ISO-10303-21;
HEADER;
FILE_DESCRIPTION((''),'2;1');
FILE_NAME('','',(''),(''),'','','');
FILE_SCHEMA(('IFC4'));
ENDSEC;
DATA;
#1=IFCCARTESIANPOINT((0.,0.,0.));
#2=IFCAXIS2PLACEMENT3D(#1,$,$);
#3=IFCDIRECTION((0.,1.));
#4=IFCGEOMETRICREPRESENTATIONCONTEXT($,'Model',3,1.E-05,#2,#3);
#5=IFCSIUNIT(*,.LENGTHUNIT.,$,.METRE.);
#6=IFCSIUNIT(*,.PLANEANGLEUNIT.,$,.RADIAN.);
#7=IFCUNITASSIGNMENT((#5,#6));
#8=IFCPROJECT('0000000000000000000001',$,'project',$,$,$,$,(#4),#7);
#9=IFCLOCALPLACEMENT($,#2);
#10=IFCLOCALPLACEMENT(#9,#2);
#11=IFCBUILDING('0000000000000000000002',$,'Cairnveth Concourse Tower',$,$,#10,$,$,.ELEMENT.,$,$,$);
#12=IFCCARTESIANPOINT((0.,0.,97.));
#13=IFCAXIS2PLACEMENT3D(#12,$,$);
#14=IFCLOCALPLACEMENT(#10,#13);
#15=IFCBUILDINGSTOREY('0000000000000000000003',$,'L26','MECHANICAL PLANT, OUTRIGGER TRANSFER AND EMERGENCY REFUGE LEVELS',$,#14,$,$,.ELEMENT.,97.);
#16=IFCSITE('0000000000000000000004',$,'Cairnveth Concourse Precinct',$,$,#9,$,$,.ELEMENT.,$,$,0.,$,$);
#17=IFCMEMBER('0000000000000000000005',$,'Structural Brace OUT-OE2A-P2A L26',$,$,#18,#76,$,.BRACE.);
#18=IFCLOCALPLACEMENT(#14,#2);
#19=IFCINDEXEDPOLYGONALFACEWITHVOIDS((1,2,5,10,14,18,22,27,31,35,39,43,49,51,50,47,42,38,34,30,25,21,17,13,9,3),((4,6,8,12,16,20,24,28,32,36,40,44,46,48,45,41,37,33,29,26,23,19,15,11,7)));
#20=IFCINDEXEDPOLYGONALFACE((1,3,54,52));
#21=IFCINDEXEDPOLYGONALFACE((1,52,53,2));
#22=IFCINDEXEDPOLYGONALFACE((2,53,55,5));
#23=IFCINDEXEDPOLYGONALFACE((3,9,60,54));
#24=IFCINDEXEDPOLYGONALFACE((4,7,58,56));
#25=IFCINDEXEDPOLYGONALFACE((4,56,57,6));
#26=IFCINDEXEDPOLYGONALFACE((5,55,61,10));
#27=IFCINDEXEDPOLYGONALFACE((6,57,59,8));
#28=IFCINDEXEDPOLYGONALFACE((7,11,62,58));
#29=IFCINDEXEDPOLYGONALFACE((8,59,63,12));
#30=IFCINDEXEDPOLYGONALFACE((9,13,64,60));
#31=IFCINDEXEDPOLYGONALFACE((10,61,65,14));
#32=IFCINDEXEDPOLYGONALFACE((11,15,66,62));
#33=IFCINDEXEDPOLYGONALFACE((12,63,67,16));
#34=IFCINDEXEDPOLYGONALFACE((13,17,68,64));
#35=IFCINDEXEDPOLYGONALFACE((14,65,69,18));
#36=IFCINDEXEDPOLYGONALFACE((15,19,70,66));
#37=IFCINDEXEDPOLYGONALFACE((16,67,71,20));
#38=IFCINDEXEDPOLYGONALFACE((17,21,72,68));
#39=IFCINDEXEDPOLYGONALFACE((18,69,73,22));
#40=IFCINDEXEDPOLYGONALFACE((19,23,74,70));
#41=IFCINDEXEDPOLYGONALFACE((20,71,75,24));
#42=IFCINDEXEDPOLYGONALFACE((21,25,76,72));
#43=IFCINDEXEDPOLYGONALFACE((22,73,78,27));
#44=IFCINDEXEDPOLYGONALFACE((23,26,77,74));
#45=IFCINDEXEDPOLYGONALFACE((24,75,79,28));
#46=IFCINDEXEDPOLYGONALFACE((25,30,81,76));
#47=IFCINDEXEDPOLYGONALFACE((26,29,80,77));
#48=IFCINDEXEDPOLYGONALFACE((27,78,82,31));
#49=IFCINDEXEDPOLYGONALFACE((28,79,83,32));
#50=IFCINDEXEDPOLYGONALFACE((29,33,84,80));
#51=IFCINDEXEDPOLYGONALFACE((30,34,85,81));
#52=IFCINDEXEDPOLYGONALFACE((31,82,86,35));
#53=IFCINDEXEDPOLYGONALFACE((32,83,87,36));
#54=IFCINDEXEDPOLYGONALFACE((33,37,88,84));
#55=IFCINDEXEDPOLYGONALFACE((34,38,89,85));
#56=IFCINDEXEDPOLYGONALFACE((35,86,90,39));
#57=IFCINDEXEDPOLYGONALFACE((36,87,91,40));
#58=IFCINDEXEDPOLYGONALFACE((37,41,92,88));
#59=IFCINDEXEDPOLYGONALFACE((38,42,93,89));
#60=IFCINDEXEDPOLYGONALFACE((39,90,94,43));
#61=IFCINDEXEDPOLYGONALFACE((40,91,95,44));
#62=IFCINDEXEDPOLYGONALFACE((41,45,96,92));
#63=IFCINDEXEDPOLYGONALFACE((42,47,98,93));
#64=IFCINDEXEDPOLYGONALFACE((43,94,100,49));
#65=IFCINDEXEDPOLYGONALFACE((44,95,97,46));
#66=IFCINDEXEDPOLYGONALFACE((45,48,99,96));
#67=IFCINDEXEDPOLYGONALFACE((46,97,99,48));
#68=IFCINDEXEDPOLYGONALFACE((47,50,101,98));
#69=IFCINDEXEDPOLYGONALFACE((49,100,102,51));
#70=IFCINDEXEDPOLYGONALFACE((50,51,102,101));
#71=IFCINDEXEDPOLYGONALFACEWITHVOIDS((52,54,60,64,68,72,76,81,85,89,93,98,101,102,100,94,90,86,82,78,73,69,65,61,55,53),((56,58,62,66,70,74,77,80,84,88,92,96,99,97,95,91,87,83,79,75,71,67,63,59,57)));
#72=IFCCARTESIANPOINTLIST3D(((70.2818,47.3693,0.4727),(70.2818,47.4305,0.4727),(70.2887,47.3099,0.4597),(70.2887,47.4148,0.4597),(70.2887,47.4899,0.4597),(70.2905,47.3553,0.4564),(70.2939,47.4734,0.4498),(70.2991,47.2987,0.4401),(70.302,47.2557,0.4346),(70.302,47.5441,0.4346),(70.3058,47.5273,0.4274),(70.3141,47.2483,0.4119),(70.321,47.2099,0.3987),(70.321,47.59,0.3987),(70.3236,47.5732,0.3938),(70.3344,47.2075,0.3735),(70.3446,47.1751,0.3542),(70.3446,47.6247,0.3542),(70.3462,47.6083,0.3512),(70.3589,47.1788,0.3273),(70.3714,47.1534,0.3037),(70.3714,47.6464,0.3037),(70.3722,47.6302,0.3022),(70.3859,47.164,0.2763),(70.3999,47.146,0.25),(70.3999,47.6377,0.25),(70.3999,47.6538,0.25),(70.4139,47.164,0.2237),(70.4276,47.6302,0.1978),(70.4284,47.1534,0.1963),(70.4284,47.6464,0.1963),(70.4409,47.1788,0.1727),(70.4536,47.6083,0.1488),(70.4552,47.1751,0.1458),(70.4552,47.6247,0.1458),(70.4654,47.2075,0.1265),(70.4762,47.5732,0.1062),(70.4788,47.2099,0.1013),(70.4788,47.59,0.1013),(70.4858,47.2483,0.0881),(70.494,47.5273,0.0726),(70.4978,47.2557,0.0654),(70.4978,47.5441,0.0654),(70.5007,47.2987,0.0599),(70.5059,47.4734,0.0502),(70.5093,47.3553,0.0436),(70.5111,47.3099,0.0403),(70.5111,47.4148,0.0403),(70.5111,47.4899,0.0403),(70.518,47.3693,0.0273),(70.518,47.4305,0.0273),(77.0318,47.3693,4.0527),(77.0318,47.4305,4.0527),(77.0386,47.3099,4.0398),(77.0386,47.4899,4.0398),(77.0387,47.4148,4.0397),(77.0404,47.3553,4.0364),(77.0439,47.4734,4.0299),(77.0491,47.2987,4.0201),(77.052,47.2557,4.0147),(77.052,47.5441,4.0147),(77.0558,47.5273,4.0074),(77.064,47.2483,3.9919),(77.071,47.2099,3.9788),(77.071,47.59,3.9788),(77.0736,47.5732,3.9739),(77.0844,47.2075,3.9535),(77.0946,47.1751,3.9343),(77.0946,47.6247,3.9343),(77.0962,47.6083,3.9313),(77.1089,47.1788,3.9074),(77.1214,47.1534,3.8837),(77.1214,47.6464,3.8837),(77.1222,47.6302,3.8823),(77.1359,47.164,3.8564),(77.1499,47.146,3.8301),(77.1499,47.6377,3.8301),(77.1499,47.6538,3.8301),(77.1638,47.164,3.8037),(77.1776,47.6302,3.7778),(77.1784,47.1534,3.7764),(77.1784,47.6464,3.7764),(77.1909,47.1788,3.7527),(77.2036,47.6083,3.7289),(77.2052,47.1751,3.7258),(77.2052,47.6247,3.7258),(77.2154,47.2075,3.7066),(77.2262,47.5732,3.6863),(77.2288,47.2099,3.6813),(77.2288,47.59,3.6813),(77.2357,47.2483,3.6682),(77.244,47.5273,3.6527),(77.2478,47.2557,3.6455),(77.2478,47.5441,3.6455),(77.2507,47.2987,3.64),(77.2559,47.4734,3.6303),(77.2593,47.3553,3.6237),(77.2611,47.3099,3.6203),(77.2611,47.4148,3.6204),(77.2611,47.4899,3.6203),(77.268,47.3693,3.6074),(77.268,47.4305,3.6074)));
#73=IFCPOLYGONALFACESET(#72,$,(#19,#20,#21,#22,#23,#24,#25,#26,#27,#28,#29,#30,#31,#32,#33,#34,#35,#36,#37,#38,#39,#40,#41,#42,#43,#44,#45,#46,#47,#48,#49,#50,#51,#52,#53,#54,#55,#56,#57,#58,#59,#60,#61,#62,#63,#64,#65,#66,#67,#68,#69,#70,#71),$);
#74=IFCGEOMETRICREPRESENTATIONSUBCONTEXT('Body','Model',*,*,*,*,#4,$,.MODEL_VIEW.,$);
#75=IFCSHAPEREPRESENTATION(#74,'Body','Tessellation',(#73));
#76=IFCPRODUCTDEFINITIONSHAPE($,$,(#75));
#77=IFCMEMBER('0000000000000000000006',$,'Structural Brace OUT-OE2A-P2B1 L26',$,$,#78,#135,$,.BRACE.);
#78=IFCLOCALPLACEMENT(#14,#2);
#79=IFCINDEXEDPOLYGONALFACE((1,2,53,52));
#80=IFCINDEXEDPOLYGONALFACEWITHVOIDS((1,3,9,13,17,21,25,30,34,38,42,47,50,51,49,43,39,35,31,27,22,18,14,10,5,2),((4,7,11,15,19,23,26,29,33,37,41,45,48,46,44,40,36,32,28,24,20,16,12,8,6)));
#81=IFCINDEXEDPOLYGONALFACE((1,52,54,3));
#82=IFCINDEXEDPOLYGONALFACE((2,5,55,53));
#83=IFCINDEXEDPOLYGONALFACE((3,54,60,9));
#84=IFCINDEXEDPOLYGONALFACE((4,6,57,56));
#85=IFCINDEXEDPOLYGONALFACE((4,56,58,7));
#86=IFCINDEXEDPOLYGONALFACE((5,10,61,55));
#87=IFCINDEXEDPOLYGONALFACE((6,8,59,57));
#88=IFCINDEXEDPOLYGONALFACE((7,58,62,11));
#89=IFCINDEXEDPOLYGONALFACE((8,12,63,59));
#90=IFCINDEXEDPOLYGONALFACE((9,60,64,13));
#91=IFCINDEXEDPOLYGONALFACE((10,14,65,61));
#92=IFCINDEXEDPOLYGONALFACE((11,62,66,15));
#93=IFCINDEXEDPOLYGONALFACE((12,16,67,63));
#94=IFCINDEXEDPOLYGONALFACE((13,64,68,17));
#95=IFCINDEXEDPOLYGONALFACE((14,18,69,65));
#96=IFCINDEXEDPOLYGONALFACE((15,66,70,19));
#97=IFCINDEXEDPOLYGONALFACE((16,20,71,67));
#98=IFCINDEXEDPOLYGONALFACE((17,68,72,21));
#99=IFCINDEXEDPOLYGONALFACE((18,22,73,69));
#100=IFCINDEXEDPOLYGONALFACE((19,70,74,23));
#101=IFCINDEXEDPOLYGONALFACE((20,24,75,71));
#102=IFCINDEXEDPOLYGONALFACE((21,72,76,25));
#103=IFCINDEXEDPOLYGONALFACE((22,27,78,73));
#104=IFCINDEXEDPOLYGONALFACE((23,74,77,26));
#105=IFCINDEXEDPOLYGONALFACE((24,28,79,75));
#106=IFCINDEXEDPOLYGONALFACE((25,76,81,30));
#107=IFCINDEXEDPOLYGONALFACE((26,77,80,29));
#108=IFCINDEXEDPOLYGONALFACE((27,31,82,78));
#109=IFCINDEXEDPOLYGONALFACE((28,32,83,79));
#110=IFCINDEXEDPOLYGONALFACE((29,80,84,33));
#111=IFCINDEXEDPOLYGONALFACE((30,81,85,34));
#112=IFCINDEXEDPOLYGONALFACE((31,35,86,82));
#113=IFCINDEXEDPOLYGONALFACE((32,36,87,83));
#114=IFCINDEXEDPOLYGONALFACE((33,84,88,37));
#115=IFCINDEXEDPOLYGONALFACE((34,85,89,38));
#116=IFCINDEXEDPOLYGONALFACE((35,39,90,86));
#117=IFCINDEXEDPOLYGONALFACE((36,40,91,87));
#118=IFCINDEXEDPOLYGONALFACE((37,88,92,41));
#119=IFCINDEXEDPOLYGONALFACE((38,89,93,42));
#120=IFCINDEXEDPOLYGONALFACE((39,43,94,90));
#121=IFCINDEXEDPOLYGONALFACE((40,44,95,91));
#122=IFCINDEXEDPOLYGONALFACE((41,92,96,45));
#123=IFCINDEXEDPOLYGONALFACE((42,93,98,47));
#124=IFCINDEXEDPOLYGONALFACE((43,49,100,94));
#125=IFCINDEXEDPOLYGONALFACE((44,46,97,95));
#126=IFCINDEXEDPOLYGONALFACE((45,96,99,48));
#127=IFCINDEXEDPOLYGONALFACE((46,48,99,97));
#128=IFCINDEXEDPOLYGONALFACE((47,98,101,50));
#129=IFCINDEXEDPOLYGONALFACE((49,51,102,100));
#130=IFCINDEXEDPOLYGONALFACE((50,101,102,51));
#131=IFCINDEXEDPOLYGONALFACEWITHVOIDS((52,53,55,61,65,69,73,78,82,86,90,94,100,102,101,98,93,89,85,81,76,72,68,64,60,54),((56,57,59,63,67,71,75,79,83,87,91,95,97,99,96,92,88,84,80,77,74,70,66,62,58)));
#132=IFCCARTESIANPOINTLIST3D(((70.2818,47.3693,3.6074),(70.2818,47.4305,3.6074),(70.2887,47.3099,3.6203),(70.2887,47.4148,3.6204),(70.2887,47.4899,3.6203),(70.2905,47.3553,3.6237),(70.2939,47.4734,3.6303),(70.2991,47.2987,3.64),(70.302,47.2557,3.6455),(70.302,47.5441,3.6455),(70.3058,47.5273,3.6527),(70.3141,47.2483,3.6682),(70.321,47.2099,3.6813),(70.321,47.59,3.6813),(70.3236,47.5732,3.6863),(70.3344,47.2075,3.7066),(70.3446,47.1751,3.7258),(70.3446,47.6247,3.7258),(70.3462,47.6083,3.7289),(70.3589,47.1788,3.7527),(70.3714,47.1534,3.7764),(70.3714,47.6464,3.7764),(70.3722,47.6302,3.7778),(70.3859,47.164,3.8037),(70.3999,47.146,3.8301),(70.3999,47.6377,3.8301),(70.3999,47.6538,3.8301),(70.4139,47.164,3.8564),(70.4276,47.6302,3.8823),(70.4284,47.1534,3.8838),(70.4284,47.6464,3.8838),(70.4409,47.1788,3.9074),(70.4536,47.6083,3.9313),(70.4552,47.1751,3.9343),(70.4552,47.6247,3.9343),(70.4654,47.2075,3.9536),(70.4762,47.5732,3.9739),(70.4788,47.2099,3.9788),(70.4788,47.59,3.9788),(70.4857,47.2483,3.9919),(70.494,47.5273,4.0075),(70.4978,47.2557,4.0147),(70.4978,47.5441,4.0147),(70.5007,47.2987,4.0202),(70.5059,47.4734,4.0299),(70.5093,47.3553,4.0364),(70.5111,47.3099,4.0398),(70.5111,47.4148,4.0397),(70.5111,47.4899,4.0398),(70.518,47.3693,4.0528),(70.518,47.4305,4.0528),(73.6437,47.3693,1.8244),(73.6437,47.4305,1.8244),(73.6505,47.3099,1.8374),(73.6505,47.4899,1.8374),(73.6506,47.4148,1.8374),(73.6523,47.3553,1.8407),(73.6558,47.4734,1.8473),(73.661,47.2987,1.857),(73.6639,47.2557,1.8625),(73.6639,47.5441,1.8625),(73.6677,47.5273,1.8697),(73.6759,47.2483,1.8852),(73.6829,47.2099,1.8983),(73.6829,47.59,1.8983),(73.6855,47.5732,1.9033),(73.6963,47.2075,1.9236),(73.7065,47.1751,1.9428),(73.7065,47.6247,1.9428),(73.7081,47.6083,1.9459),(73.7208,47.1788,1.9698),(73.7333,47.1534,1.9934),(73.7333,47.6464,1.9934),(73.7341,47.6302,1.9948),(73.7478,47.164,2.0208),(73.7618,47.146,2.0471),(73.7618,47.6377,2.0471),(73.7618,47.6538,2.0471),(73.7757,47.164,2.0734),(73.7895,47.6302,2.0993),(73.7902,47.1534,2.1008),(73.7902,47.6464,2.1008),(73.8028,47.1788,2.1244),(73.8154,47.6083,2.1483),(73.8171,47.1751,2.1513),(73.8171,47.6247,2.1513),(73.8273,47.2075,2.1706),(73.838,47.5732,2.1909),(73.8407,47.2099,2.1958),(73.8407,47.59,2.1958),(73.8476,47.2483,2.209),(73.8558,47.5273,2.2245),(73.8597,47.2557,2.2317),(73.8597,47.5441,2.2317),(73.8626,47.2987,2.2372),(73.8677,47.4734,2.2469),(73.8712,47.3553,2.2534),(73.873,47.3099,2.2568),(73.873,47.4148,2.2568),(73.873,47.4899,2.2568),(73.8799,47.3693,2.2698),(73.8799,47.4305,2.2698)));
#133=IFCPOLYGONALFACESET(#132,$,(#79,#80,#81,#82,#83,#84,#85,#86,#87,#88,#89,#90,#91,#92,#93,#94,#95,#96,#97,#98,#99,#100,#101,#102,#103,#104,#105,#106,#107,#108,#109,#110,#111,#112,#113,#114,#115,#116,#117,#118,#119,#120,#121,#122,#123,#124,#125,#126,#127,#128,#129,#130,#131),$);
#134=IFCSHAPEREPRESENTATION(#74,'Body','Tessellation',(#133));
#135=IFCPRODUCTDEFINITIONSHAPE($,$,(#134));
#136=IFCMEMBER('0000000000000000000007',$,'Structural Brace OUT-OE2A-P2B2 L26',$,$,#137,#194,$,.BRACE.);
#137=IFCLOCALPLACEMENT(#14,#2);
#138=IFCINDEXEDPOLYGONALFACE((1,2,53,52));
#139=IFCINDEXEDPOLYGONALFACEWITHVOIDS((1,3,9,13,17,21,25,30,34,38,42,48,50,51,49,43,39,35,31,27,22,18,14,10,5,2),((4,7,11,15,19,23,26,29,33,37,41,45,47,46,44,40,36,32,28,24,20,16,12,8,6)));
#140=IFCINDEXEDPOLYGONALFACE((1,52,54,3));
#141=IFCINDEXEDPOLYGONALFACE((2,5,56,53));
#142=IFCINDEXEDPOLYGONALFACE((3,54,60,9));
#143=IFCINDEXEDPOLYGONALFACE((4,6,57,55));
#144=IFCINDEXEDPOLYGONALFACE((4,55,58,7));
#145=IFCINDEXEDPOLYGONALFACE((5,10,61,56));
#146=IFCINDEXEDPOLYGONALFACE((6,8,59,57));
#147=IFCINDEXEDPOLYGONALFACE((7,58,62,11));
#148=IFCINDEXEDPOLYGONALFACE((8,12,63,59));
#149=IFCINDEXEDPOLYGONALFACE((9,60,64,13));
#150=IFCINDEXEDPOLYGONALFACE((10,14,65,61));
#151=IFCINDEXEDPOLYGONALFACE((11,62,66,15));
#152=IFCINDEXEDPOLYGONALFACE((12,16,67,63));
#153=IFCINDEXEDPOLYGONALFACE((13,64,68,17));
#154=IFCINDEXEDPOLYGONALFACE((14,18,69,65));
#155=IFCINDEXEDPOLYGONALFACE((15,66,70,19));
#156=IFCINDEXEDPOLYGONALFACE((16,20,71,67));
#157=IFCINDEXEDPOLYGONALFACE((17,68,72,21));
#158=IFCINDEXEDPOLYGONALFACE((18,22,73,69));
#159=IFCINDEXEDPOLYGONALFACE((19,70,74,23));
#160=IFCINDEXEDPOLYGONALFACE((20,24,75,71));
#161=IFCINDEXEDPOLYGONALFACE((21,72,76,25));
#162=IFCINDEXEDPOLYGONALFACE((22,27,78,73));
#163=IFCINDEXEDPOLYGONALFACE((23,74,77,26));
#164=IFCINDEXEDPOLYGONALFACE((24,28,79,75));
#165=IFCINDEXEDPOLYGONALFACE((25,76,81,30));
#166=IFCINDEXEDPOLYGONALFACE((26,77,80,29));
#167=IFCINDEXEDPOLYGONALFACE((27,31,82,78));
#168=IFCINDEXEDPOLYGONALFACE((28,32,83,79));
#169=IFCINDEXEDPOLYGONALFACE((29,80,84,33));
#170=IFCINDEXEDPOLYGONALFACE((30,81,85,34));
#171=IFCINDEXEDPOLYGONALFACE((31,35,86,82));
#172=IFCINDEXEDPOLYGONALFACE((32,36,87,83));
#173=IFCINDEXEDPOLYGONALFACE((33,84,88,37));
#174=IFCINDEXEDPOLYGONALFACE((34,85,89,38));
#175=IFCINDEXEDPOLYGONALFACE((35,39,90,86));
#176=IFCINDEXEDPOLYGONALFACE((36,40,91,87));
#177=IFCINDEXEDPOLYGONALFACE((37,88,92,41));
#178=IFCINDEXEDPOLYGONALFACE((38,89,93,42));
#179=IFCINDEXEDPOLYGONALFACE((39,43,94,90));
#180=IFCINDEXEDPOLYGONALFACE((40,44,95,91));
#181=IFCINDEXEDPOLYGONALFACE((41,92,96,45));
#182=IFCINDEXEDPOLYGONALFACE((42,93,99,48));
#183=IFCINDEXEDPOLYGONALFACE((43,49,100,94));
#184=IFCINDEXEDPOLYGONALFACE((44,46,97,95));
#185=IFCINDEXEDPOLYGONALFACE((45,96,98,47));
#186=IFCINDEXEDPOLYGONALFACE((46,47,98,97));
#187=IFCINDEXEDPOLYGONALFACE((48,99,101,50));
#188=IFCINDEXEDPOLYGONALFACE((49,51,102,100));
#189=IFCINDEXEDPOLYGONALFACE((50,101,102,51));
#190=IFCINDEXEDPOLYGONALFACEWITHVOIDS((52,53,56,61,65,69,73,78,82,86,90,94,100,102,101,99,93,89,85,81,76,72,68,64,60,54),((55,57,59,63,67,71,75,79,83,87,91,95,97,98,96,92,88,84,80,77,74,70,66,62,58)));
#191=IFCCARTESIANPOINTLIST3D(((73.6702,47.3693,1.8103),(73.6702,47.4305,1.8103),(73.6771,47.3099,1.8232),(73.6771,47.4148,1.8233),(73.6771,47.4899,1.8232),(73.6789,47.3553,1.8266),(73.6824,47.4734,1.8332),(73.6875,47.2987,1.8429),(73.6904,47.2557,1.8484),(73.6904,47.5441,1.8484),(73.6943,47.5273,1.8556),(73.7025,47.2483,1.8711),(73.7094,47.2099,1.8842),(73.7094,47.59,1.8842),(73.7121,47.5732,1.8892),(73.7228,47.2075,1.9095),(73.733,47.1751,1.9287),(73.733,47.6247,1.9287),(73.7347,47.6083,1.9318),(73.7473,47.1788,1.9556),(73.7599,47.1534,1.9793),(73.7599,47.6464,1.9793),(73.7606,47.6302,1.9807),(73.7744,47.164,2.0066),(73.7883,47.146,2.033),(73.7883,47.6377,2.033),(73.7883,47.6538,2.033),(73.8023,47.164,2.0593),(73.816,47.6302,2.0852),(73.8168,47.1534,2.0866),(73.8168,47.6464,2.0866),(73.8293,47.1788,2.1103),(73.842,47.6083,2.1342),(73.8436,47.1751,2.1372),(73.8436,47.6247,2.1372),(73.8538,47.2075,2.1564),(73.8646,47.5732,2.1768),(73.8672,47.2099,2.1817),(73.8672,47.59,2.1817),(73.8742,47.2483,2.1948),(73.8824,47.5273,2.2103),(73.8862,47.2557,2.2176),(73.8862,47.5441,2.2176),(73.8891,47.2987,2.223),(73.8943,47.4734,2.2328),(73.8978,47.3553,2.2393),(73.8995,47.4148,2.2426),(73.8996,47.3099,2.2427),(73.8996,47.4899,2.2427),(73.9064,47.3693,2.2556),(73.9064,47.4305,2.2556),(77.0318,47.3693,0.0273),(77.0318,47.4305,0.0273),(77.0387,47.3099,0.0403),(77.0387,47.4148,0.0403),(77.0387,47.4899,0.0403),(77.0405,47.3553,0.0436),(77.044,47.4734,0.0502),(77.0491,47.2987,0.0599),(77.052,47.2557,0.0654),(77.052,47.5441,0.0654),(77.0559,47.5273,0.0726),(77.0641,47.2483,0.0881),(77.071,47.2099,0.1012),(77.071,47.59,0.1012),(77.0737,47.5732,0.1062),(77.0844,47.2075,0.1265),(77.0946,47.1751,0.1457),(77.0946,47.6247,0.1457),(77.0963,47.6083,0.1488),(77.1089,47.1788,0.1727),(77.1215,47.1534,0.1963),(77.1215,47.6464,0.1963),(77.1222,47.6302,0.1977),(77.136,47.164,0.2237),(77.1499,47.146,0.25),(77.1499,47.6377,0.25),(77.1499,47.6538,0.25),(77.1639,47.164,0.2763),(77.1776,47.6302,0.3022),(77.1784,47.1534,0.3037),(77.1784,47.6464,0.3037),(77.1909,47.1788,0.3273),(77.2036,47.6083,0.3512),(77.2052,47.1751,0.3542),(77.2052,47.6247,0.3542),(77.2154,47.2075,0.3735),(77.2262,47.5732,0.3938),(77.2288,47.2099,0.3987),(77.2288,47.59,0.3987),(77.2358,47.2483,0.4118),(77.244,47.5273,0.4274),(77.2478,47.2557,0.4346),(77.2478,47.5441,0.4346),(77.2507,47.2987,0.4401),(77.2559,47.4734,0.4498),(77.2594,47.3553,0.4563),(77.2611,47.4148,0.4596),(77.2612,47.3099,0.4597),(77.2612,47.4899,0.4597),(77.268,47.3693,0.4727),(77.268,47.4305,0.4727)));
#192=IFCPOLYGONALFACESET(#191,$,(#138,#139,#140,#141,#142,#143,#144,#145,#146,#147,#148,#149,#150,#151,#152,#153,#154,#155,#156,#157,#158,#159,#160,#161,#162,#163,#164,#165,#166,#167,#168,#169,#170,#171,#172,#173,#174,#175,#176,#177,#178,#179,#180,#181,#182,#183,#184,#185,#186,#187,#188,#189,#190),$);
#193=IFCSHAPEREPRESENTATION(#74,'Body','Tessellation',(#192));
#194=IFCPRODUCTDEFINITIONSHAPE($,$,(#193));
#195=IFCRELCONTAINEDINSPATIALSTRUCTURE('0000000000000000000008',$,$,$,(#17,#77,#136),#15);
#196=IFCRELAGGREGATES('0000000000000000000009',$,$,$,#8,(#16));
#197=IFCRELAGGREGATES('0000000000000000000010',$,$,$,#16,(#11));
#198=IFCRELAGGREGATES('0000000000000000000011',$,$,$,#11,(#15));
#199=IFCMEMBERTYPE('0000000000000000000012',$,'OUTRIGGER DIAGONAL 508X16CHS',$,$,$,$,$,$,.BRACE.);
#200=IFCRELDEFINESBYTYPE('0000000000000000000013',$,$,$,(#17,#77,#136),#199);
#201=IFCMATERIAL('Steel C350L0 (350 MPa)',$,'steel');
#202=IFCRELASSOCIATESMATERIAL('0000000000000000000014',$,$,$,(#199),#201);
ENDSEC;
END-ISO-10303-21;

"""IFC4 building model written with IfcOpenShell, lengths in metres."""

from ifc_helpers import new_model, si_unit, direction, frame, origin, origin_2d, place, context, subcontext, project, spatial, hollow_circle, extrude, material, material_profile, profile_set, type_object, element, save


model = new_model("IFC4")

# Units and contexts
model_context = context("Model", 3, precision=1e-05, world=origin(), true_north=direction((0.0, 1.0)))
body_context = subcontext(model_context, "Body", "Model", "MODEL_VIEW")
ifc_project = project(units=[si_unit("LENGTHUNIT", "METRE"), si_unit("PLANEANGLEUNIT", "RADIAN")], contexts=[model_context])

# Site, building, storey
site_placement = place(None, origin())
site = spatial("IfcSite", under=ifc_project, at=site_placement, Name="Cairnveth Concourse Precinct", CompositionType="ELEMENT", RefElevation=0.0)
building_placement = place(site_placement, origin())
building = spatial("IfcBuilding", under=site, at=building_placement, Name="Cairnveth Concourse Tower", CompositionType="ELEMENT")
storey_placement = place(building_placement, frame((0.0, 0.0, 97.0)))
storey = spatial("IfcBuildingStorey", under=building, at=storey_placement, Name="L26", Description="MECHANICAL PLANT, OUTRIGGER TRANSFER AND EMERGENCY REFUGE LEVELS", CompositionType="ELEMENT", Elevation=97.0)

# Shared definitions
ifc_material_1 = material(Name="Steel C350L0 (350 MPa)", Category="steel")

# Members
ifc_material_profile_1 = material_profile(ifc_material_1, hollow_circle(Radius=0.2539, WallThickness=0.0161, at=origin_2d()), Name="508.0x16.0CHS")
ifc_profile_set_1 = profile_set([ifc_material_profile_1], Name="Steel C350L0 (350 MPa)")
member_type_1 = type_object("IfcMemberType", Name="OUTRIGGER DIAGONAL 508X16CHS", PredefinedType="BRACE", material=ifc_profile_set_1)
member_1_placement = place(storey_placement, frame((70.3999, 47.3999, 0.25), z_axis=(0.883433, 0.0, 0.468557), x_axis=(0.0, 1.0, 0.0)))
element("IfcMember", 1, at=member_1_placement, inside=storey, type_object=member_type_1, Name="Structural Brace OUT-OE2A-P2A L26", PredefinedType="BRACE", context=body_context, shape_type="SweptSolid", body=[
    extrude(hollow_circle(Radius=0.2539, WallThickness=0.0161, at=origin_2d()), origin(), (0.0, 0.0, 1.0), 7.6406),
])
member_2_placement = place(storey_placement, frame((70.3999, 47.3999, 3.8301), z_axis=(0.883443, 0.0, -0.468539), x_axis=(0.0, 1.0, 0.0)))
element("IfcMember", 2, at=member_2_placement, inside=storey, type_object=member_type_1, Name="Structural Brace OUT-OE2A-P2B1 L26", PredefinedType="BRACE", context=body_context, shape_type="SweptSolid", body=[
    extrude(hollow_circle(Radius=0.2539, WallThickness=0.0161, at=origin_2d()), origin(), (0.0, 0.0, 1.0), 3.8054),
])
member_3_placement = place(storey_placement, frame((73.7883, 47.3999, 2.033), z_axis=(0.883429, 0.0, -0.468566), x_axis=(0.0, 1.0, 0.0)))
element("IfcMember", 3, at=member_3_placement, inside=storey, type_object=member_type_1, Name="Structural Brace OUT-OE2A-P2B2 L26", PredefinedType="BRACE", context=body_context, shape_type="SweptSolid", body=[
    extrude(hollow_circle(Radius=0.2539, WallThickness=0.0161, at=origin_2d()), origin(), (0.0, 0.0, 1.0), 3.8052),
])

save(model, "model.ifc")
